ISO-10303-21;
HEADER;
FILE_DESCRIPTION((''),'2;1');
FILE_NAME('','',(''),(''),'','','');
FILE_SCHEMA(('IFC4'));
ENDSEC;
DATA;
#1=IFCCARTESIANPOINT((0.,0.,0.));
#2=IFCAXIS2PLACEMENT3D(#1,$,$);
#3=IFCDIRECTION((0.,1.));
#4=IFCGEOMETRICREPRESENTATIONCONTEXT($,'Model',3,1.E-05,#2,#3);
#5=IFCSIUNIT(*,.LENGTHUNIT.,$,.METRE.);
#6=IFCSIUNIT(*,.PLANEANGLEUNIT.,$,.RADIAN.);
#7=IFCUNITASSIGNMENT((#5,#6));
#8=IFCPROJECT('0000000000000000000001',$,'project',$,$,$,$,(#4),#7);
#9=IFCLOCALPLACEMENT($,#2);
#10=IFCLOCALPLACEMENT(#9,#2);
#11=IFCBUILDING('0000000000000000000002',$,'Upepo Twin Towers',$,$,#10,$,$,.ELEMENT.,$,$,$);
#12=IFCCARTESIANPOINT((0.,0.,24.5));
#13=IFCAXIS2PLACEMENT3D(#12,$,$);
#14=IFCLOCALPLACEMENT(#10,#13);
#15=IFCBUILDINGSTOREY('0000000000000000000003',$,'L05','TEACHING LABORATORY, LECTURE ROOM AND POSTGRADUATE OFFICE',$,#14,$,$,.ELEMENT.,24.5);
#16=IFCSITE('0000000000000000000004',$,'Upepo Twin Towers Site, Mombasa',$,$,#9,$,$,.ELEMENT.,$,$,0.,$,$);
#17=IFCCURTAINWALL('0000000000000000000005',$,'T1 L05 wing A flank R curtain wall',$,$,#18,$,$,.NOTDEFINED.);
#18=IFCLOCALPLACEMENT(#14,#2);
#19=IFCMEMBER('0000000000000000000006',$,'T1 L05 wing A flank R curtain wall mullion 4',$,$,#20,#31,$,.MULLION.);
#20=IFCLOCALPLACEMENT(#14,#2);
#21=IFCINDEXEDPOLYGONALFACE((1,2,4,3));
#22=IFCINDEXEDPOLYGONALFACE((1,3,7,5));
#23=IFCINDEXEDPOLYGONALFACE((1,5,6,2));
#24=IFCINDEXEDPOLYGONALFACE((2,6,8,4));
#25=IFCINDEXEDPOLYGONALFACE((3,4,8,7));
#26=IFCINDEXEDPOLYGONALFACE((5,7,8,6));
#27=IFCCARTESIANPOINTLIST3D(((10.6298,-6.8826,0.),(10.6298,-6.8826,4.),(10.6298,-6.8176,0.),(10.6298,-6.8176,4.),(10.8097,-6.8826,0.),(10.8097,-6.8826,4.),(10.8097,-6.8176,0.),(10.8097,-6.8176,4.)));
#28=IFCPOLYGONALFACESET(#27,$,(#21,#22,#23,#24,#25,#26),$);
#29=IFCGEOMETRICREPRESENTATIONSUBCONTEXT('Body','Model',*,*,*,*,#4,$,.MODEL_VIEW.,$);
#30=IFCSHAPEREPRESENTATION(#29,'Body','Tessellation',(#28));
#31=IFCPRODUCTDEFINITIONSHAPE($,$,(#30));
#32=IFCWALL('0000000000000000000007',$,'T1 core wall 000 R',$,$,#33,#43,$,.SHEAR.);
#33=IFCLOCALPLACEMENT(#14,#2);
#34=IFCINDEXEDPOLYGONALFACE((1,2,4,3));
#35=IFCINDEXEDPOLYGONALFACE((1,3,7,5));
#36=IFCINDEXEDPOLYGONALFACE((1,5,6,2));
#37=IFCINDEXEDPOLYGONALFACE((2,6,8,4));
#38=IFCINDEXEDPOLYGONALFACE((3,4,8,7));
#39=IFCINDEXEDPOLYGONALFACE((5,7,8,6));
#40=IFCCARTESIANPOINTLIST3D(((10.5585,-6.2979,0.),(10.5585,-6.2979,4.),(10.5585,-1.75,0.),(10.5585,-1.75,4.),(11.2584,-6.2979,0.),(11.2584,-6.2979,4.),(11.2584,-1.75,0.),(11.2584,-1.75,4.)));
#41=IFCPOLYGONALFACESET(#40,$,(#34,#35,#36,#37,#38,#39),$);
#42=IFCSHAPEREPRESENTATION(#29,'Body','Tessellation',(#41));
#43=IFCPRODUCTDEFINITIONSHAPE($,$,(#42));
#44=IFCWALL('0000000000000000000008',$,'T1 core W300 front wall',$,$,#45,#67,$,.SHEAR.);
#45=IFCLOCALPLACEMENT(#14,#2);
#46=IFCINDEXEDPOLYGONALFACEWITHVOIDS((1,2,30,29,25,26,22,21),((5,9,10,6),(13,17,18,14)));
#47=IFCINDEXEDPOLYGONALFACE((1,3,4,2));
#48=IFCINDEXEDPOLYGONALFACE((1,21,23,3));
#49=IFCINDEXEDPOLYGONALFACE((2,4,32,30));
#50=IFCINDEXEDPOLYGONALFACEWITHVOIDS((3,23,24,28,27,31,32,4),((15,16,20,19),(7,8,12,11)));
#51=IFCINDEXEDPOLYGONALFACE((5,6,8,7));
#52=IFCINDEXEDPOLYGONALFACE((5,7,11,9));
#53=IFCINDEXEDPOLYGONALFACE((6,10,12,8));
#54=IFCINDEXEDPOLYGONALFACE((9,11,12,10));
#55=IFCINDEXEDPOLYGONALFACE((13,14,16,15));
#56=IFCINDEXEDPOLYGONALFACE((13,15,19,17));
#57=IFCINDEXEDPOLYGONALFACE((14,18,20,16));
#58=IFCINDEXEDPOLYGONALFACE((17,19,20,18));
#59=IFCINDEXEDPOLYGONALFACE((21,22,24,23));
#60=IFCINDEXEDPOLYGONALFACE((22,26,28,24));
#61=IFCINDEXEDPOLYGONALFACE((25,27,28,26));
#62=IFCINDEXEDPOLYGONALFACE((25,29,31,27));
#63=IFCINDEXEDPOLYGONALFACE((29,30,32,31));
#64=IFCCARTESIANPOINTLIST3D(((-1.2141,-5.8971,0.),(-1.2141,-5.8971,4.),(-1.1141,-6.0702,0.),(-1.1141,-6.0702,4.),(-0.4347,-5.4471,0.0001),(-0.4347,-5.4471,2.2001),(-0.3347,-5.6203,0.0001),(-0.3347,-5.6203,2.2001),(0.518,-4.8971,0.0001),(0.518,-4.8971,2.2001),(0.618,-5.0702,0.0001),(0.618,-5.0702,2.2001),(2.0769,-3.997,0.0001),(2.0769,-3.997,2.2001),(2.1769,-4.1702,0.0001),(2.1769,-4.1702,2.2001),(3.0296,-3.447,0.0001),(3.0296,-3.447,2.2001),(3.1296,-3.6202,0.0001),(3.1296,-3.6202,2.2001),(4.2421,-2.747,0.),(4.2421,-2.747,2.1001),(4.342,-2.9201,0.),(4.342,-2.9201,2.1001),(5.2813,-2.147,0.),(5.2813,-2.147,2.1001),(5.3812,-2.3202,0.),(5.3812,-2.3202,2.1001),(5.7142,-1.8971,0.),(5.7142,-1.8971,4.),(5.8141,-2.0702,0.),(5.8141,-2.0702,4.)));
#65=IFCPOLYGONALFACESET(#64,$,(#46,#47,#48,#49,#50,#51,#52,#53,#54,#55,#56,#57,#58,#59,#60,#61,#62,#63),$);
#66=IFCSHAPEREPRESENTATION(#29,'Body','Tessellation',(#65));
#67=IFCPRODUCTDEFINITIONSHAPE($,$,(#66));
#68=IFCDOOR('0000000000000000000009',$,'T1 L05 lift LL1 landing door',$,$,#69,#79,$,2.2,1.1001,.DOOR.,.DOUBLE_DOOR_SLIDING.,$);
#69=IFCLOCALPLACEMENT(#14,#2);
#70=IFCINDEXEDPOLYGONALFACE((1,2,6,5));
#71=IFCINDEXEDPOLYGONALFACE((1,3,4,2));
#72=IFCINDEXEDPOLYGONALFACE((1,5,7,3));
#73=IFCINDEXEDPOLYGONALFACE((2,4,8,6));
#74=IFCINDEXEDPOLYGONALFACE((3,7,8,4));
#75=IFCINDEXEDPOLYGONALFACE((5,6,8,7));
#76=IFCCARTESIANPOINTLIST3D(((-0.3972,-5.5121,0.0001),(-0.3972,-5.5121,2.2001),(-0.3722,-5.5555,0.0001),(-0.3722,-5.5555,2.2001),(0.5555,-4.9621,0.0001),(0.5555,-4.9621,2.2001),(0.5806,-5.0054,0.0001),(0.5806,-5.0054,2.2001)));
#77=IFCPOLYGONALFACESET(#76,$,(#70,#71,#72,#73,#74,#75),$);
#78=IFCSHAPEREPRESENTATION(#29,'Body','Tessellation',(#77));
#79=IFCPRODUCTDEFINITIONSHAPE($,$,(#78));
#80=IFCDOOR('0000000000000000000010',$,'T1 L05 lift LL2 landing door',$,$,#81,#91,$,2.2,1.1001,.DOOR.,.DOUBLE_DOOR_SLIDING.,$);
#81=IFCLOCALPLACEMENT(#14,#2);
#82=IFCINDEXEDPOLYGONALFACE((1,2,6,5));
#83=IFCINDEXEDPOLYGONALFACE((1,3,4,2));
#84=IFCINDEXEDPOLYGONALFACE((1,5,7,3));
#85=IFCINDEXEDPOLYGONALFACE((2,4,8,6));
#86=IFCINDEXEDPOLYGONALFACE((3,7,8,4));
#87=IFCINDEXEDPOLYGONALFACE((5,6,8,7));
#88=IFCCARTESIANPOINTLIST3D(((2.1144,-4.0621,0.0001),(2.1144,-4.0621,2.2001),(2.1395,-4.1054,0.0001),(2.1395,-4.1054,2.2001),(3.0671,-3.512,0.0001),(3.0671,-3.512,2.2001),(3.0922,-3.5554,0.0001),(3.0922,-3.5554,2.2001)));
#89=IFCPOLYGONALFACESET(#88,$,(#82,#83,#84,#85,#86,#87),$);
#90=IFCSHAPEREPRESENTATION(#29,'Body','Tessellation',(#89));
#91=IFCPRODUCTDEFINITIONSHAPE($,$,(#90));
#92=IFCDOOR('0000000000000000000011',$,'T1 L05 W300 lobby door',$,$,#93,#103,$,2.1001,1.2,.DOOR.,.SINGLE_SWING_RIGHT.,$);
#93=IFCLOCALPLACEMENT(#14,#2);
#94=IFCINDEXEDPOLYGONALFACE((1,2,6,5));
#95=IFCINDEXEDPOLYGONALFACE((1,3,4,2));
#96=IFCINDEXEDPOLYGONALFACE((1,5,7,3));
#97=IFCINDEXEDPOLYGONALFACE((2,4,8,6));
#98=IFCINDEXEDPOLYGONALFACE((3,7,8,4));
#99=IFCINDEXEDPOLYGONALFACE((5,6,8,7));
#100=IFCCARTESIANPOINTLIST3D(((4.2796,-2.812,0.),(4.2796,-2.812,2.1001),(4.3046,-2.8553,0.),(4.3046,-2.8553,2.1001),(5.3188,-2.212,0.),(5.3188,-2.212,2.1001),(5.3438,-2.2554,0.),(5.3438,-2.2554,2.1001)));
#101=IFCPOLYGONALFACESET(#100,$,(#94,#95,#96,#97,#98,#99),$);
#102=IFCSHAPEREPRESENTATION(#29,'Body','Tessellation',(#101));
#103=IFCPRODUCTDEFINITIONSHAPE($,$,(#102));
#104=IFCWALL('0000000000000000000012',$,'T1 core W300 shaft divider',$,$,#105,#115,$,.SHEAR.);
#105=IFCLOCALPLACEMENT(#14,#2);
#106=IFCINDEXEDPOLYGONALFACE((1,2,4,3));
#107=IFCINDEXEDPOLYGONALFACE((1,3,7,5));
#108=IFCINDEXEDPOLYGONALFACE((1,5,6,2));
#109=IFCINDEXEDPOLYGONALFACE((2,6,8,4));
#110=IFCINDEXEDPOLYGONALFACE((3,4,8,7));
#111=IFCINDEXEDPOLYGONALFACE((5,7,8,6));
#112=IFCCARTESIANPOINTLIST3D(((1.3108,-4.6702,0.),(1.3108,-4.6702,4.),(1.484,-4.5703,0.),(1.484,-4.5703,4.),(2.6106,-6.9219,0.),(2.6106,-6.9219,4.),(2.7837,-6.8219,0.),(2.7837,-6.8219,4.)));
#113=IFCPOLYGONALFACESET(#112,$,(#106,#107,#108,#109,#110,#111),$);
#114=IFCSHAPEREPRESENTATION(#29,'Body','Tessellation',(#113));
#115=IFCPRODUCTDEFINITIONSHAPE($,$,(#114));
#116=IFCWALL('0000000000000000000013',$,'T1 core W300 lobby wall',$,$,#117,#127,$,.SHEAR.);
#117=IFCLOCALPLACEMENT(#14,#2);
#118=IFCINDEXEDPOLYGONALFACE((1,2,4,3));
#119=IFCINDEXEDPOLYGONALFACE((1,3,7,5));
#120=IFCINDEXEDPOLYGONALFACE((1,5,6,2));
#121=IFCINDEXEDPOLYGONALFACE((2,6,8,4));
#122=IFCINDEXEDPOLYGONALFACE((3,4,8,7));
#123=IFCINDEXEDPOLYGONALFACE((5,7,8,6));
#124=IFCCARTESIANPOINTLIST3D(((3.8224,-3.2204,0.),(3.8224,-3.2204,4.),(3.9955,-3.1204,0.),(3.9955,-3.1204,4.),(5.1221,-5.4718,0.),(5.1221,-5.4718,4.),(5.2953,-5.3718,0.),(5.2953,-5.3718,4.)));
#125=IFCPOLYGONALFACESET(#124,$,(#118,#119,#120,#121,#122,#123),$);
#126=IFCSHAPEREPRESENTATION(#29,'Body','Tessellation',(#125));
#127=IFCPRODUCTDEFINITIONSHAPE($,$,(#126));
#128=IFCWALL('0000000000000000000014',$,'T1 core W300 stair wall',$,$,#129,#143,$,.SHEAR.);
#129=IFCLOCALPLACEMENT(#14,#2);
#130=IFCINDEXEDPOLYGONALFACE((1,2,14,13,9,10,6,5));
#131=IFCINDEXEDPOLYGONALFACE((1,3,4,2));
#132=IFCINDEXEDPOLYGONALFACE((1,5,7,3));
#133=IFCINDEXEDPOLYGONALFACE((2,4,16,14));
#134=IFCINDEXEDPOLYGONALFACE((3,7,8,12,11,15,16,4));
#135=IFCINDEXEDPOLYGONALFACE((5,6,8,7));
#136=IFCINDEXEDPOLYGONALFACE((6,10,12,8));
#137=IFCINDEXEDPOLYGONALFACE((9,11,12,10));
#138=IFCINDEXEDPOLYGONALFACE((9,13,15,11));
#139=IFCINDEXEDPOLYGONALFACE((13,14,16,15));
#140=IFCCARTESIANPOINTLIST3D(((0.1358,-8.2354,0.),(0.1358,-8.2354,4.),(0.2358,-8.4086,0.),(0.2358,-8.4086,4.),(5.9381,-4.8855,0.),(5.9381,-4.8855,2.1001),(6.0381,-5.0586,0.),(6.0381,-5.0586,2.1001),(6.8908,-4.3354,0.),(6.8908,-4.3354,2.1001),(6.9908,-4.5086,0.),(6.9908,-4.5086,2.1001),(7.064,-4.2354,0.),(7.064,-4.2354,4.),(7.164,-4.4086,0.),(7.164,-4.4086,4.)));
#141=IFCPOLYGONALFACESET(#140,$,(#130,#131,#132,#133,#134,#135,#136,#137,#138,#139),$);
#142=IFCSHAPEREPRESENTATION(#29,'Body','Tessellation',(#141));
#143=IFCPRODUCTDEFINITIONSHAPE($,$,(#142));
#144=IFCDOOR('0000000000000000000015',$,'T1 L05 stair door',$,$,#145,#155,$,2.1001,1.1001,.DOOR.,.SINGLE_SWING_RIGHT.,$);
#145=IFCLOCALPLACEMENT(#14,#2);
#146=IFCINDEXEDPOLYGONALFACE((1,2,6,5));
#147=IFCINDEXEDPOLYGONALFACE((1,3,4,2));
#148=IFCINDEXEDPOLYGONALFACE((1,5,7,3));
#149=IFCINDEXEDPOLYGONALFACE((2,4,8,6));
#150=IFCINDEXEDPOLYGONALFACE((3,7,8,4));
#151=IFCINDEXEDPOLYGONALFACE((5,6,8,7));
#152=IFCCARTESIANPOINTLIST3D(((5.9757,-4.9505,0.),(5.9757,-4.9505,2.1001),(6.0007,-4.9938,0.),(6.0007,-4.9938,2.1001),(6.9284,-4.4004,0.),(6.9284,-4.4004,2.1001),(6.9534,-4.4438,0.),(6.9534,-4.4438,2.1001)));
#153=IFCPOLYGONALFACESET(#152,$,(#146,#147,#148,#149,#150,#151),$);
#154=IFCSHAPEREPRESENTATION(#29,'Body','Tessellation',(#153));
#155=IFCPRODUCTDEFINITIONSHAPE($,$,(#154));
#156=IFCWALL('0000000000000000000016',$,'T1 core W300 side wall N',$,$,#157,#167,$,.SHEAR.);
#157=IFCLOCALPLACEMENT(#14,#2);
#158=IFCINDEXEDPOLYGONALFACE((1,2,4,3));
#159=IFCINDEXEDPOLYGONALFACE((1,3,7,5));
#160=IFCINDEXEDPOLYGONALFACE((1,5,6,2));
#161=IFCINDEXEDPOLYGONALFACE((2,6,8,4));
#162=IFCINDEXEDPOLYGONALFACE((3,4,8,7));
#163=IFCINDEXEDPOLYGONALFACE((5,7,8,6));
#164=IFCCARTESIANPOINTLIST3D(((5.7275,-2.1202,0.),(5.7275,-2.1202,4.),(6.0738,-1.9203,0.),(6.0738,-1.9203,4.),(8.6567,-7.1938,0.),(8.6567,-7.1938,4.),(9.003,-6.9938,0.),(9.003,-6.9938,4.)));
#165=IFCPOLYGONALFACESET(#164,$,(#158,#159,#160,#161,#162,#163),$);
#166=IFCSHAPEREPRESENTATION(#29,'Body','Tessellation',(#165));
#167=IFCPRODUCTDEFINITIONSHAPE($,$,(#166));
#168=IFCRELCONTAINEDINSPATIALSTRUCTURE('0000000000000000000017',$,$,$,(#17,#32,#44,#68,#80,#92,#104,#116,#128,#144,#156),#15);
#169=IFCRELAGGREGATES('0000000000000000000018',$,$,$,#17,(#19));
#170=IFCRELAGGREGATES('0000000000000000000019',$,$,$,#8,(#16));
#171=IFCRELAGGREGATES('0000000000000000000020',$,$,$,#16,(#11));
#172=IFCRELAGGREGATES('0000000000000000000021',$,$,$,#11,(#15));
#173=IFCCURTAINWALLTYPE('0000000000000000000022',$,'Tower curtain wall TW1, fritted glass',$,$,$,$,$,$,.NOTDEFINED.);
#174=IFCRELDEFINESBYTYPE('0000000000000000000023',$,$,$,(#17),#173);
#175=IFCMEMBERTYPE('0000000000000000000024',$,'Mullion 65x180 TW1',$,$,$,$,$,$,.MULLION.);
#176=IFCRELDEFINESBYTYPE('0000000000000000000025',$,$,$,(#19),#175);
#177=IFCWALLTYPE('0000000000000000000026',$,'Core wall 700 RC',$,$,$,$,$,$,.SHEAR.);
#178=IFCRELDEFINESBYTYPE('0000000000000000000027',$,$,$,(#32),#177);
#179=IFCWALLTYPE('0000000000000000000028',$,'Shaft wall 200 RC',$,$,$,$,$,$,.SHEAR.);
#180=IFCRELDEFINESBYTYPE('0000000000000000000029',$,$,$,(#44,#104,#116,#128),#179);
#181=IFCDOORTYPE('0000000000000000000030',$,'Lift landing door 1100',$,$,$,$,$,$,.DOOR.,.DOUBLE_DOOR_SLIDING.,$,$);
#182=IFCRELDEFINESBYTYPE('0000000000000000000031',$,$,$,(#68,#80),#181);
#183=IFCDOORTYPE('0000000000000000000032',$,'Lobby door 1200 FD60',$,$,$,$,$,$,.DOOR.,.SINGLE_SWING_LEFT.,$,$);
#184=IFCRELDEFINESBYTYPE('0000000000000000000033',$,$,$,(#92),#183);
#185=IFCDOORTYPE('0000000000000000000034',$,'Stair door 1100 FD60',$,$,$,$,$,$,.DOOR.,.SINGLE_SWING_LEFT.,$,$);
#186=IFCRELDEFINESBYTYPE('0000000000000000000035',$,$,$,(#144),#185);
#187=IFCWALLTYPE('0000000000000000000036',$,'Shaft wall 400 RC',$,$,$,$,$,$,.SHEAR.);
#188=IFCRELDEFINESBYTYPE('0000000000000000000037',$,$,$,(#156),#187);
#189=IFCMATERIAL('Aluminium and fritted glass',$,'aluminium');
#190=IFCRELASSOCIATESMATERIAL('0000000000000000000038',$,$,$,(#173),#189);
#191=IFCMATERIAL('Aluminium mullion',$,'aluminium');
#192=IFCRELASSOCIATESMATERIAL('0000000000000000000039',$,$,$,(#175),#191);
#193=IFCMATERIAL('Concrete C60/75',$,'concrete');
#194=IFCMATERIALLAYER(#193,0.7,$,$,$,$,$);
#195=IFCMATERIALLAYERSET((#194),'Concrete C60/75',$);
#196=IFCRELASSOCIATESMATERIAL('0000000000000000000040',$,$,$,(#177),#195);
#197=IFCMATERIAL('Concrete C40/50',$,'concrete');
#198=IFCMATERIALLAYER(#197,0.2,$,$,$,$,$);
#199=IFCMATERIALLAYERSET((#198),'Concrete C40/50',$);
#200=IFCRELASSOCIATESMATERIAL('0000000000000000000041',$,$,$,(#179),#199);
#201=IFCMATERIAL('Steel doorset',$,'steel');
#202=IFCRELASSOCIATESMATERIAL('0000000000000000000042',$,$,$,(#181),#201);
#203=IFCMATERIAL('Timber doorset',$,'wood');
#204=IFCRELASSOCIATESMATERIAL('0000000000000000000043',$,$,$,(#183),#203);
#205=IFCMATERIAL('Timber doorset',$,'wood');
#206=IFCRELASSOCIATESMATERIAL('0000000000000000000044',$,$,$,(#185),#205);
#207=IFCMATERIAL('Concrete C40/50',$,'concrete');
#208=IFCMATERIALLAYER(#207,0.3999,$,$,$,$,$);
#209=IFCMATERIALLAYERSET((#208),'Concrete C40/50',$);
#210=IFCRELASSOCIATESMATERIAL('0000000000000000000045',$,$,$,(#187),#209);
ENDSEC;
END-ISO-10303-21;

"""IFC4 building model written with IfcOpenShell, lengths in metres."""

from ifc_helpers import new_model, si_unit, direction, frame, frame_2d, origin, origin_2d, place, context, subcontext, project, spatial, rectangle, extrude, material, layer, layer_set, material_profile, profile_set, type_object, element, fill, aggregate, save


model = new_model("IFC4")

# Units and contexts
model_context = context("Model", 3, precision=1e-05, world=origin(), true_north=direction((0.0, 1.0)))
body_context = subcontext(model_context, "Body", "Model", "MODEL_VIEW")
ifc_project = project(units=[si_unit("LENGTHUNIT", "METRE"), si_unit("PLANEANGLEUNIT", "RADIAN")], contexts=[model_context])

# Site, building, storey
site_placement = place(None, origin())
site = spatial("IfcSite", under=ifc_project, at=site_placement, Name="Upepo Twin Towers Site, Mombasa", CompositionType="ELEMENT", RefElevation=0.0)
building_placement = place(site_placement, origin())
building = spatial("IfcBuilding", under=site, at=building_placement, Name="Upepo Twin Towers", CompositionType="ELEMENT")
storey_placement = place(building_placement, frame((0.0, 0.0, 24.5)))
storey = spatial("IfcBuildingStorey", under=building, at=storey_placement, Name="L05", Description="TEACHING LABORATORY, LECTURE ROOM AND POSTGRADUATE OFFICE", CompositionType="ELEMENT", Elevation=24.5)

# Curtain wall, member
ifc_material_1 = material(Name="Aluminium and fritted glass", Category="aluminium")
curtain_wall_type = type_object("IfcCurtainWallType", Name="Tower curtain wall TW1, fritted glass", PredefinedType="NOTDEFINED", material=ifc_material_1)
curtain_wall_placement = place(storey_placement, origin())
curtain_wall = element("IfcCurtainWall", 1, at=curtain_wall_placement, inside=storey, type_object=curtain_wall_type, Name="T1 L05 wing A flank R curtain wall", PredefinedType="NOTDEFINED")
ifc_material_2 = material(Name="Aluminium mullion", Category="aluminium")
ifc_material_profile = material_profile(ifc_material_2, rectangle(XDim=0.0649, YDim=0.1799, at=origin_2d()), Name="MULLION 65x180")
ifc_profile_set = profile_set([ifc_material_profile], Name="Aluminium mullion")
member_type = type_object("IfcMemberType", Name="Mullion 65x180 TW1", PredefinedType="MULLION", material=ifc_profile_set)
member_placement = place(storey_placement, frame((10.7197, -6.8501, 0.0), z_axis=(0.0, 0.0, 1.0), x_axis=(0.0, -1.0, 0.0)))
member = element("IfcMember", 2, at=member_placement, type_object=member_type, Name="T1 L05 wing A flank R curtain wall mullion 4", PredefinedType="MULLION", context=body_context, shape_type="SweptSolid", body=[
    extrude(rectangle(XDim=0.0649, YDim=0.1799, at=origin_2d()), origin(), (0.0, 0.0, 1.0), 4.0),
])
aggregate(curtain_wall, [member])

# Wall
ifc_material_3 = material(Name="Concrete C60/75", Category="concrete")
ifc_layer_1 = layer(ifc_material_3, 0.7)
ifc_layer_set_1 = layer_set([ifc_layer_1], Name="Concrete C60/75")
wall_type_1 = type_object("IfcWallType", Name="Core wall 700 RC", PredefinedType="SHEAR", material=ifc_layer_set_1)
wall_1_placement = place(storey_placement, frame((10.9084, -6.2979, 0.0), z_axis=(0.0, 0.0, 1.0), x_axis=(0.0, 1.0, 0.0)))
element("IfcWall", 3, at=wall_1_placement, inside=storey, type_object=wall_type_1, Name="T1 core wall 000 R", PredefinedType="SHEAR", context=body_context, shape_type="SweptSolid", body=[
    extrude(rectangle(XDim=4.5479, YDim=0.7, at=frame_2d((2.2739, 0.0))), origin(), (0.0, 0.0, 1.0), 4.0),
])

# Wall, openings, doors
ifc_material_4 = material(Name="Concrete C40/50", Category="concrete")
ifc_layer_2 = layer(ifc_material_4, 0.2)
ifc_layer_set_2 = layer_set([ifc_layer_2], Name="Concrete C40/50")
wall_type_2 = type_object("IfcWallType", Name="Shaft wall 200 RC", PredefinedType="SHEAR", material=ifc_layer_set_2)
wall_2_placement = place(storey_placement, frame((-1.1641, -5.9836, 0.0), z_axis=(0.0, 0.0, 1.0), x_axis=(0.866026, 0.499999, 0.0)))
wall_2 = element("IfcWall", 4, at=wall_2_placement, inside=storey, type_object=wall_type_2, Name="T1 core W300 front wall", PredefinedType="SHEAR", context=body_context, shape_type="SweptSolid", body=[
    extrude(rectangle(XDim=8.0, YDim=0.2, at=frame_2d((4.0, 0.0))), origin(), (0.0, 0.0, 1.0), 4.0),
])
opening_1_placement = place(wall_2_placement, frame((6.3, 0.0, 0.0)))
opening_1 = element("IfcOpeningElement", 5, at=opening_1_placement, cuts=wall_2, PredefinedType="OPENING", context=body_context, shape_type="SweptSolid", body=[
    extrude(rectangle(XDim=1.2, YDim=2.1001, at=frame_2d((0.6001, 1.05))), frame((0.0, 0.1099, 0.0), z_axis=(0.0, -1.0, 0.0), x_axis=(1.0, 0.0, 0.0)), (0.0, 0.0, 1.0), 0.22),
])
opening_2_placement = place(wall_2_placement, frame((0.8999, 0.0, 0.0)))
opening_2 = element("IfcOpeningElement", 6, at=opening_2_placement, cuts=wall_2, PredefinedType="OPENING", context=body_context, shape_type="SweptSolid", body=[
    extrude(rectangle(XDim=1.1001, YDim=2.2, at=frame_2d((0.55, 1.1001))), frame((0.0, 0.1099, 0.0), z_axis=(0.0, -1.0, 0.0), x_axis=(1.0, 0.0, 0.0)), (0.0, 0.0, 1.0), 0.22),
])
opening_3_placement = place(wall_2_placement, frame((3.8, 0.0, 0.0)))
opening_3 = element("IfcOpeningElement", 7, at=opening_3_placement, cuts=wall_2, PredefinedType="OPENING", context=body_context, shape_type="SweptSolid", body=[
    extrude(rectangle(XDim=1.1001, YDim=2.2, at=frame_2d((0.55, 1.1001))), frame((0.0, 0.1099, 0.0), z_axis=(0.0, -1.0, 0.0), x_axis=(1.0, 0.0, 0.0)), (0.0, 0.0, 1.0), 0.22),
])
ifc_material_5 = material(Name="Steel doorset", Category="steel")
door_type_1 = type_object("IfcDoorType", Name="Lift landing door 1100", OperationType="DOUBLE_DOOR_SLIDING", PredefinedType="DOOR", material=ifc_material_5)
door_1_placement = place(opening_2_placement, origin())
door_1 = element("IfcDoor", 8, at=door_1_placement, inside=storey, type_object=door_type_1, Name="T1 L05 lift LL1 landing door", OperationType="DOUBLE_DOOR_SLIDING", OverallHeight=2.2, OverallWidth=1.1001, PredefinedType="DOOR", context=body_context, shape_type="SweptSolid", body=[
    extrude(rectangle(XDim=1.1001, YDim=2.2, at=frame_2d((0.55, 1.1001))), frame((0.0, 0.0249, 0.0), z_axis=(0.0, -1.0, 0.0), x_axis=(1.0, 0.0, 0.0)), (0.0, 0.0, 1.0), 0.05),
])
fill(opening_2, door_1)
door_2_placement = place(opening_3_placement, origin())
door_2 = element("IfcDoor", 9, at=door_2_placement, inside=storey, type_object=door_type_1, Name="T1 L05 lift LL2 landing door", OperationType="DOUBLE_DOOR_SLIDING", OverallHeight=2.2, OverallWidth=1.1001, PredefinedType="DOOR", context=body_context, shape_type="SweptSolid", body=[
    extrude(rectangle(XDim=1.1001, YDim=2.2, at=frame_2d((0.55, 1.1001))), frame((0.0, 0.0249, 0.0), z_axis=(0.0, -1.0, 0.0), x_axis=(1.0, 0.0, 0.0)), (0.0, 0.0, 1.0), 0.05),
])
fill(opening_3, door_2)
ifc_material_6 = material(Name="Timber doorset", Category="wood")
door_type_2 = type_object("IfcDoorType", Name="Lobby door 1200 FD60", OperationType="SINGLE_SWING_LEFT", PredefinedType="DOOR", material=ifc_material_6)
door_3_placement = place(opening_1_placement, origin())
door_3 = element("IfcDoor", 10, at=door_3_placement, inside=storey, type_object=door_type_2, Name="T1 L05 W300 lobby door", OperationType="SINGLE_SWING_RIGHT", OverallHeight=2.1001, OverallWidth=1.2, PredefinedType="DOOR", context=body_context, shape_type="SweptSolid", body=[
    extrude(rectangle(XDim=1.2, YDim=2.1001, at=frame_2d((0.6001, 1.05))), frame((0.0, 0.0249, 0.0), z_axis=(0.0, -1.0, 0.0), x_axis=(1.0, 0.0, 0.0)), (0.0, 0.0, 1.0), 0.05),
])
fill(opening_1, door_3)

# Walls
wall_3_placement = place(storey_placement, frame((1.3975, -4.6204, 0.0), z_axis=(0.0, 0.0, 1.0), x_axis=(0.499937, -0.866062, 0.0)))
element("IfcWall", 11, at=wall_3_placement, inside=storey, type_object=wall_type_2, Name="T1 core W300 shaft divider", PredefinedType="SHEAR", context=body_context, shape_type="SweptSolid", body=[
    extrude(rectangle(XDim=2.5999, YDim=0.2, at=frame_2d((1.2998, 0.0))), origin(), (0.0, 0.0, 1.0), 4.0),
])
wall_4_placement = place(storey_placement, frame((3.9089, -3.1704, 0.0), z_axis=(0.0, 0.0, 1.0), x_axis=(0.499977, -0.866039, 0.0)))
element("IfcWall", 12, at=wall_4_placement, inside=storey, type_object=wall_type_2, Name="T1 core W300 lobby wall", PredefinedType="SHEAR", context=body_context, shape_type="SweptSolid", body=[
    extrude(rectangle(XDim=2.5996, YDim=0.2, at=frame_2d((1.2998, 0.0))), origin(), (0.0, 0.0, 1.0), 4.0),
])

# Wall, opening, door
wall_5_placement = place(storey_placement, frame((0.1858, -8.322, 0.0), z_axis=(0.0, 0.0, 1.0), x_axis=(0.866026, 0.499999, 0.0)))
wall_5 = element("IfcWall", 13, at=wall_5_placement, inside=storey, type_object=wall_type_2, Name="T1 core W300 stair wall", PredefinedType="SHEAR", context=body_context, shape_type="SweptSolid", body=[
    extrude(rectangle(XDim=8.0, YDim=0.2, at=frame_2d((4.0, 0.0))), origin(), (0.0, 0.0, 1.0), 4.0),
])
opening_4_placement = place(wall_5_placement, frame((6.7, 0.0, 0.0)))
opening_4 = element("IfcOpeningElement", 14, at=opening_4_placement, cuts=wall_5, PredefinedType="OPENING", context=body_context, shape_type="SweptSolid", body=[
    extrude(rectangle(XDim=1.1001, YDim=2.1001, at=frame_2d((0.55, 1.05))), frame((0.0, 0.1099, 0.0), z_axis=(0.0, -1.0, 0.0), x_axis=(1.0, 0.0, 0.0)), (0.0, 0.0, 1.0), 0.22),
])
ifc_material_7 = material(Name="Timber doorset", Category="wood")
door_type_3 = type_object("IfcDoorType", Name="Stair door 1100 FD60", OperationType="SINGLE_SWING_LEFT", PredefinedType="DOOR", material=ifc_material_7)
door_4_placement = place(opening_4_placement, origin())
door_4 = element("IfcDoor", 15, at=door_4_placement, inside=storey, type_object=door_type_3, Name="T1 L05 stair door", OperationType="SINGLE_SWING_RIGHT", OverallHeight=2.1001, OverallWidth=1.1001, PredefinedType="DOOR", context=body_context, shape_type="SweptSolid", body=[
    extrude(rectangle(XDim=1.1001, YDim=2.1001, at=frame_2d((0.55, 1.05))), frame((0.0, 0.0249, 0.0), z_axis=(0.0, -1.0, 0.0), x_axis=(1.0, 0.0, 0.0)), (0.0, 0.0, 1.0), 0.05),
])
fill(opening_4, door_4)

# Wall
ifc_material_8 = material(Name="Concrete C40/50", Category="concrete")
ifc_layer_3 = layer(ifc_material_8, 0.3999)
ifc_layer_set_3 = layer_set([ifc_layer_3], Name="Concrete C40/50")
wall_type_3 = type_object("IfcWallType", Name="Shaft wall 400 RC", PredefinedType="SHEAR", material=ifc_layer_set_3)
for number, where, z_axis, x_axis, name in (
    (16, (5.9006, -2.0203, 0.0), (0.0, 0.0, 1.0), (0.500003, -0.866024, 0.0), "T1 core W300 side wall N"),
):
    element("IfcWall", number, at=place(storey_placement, frame(where, z_axis=z_axis, x_axis=x_axis)), inside=storey, type_object=wall_type_3, Name=name, PredefinedType="SHEAR", context=body_context, shape_type="SweptSolid", body=[
        extrude(rectangle(XDim=5.8584, YDim=0.3999, at=frame_2d((2.9292, 0.0))), origin(), (0.0, 0.0, 1.0), 4.0),
    ])

save(model, "model.ifc")
